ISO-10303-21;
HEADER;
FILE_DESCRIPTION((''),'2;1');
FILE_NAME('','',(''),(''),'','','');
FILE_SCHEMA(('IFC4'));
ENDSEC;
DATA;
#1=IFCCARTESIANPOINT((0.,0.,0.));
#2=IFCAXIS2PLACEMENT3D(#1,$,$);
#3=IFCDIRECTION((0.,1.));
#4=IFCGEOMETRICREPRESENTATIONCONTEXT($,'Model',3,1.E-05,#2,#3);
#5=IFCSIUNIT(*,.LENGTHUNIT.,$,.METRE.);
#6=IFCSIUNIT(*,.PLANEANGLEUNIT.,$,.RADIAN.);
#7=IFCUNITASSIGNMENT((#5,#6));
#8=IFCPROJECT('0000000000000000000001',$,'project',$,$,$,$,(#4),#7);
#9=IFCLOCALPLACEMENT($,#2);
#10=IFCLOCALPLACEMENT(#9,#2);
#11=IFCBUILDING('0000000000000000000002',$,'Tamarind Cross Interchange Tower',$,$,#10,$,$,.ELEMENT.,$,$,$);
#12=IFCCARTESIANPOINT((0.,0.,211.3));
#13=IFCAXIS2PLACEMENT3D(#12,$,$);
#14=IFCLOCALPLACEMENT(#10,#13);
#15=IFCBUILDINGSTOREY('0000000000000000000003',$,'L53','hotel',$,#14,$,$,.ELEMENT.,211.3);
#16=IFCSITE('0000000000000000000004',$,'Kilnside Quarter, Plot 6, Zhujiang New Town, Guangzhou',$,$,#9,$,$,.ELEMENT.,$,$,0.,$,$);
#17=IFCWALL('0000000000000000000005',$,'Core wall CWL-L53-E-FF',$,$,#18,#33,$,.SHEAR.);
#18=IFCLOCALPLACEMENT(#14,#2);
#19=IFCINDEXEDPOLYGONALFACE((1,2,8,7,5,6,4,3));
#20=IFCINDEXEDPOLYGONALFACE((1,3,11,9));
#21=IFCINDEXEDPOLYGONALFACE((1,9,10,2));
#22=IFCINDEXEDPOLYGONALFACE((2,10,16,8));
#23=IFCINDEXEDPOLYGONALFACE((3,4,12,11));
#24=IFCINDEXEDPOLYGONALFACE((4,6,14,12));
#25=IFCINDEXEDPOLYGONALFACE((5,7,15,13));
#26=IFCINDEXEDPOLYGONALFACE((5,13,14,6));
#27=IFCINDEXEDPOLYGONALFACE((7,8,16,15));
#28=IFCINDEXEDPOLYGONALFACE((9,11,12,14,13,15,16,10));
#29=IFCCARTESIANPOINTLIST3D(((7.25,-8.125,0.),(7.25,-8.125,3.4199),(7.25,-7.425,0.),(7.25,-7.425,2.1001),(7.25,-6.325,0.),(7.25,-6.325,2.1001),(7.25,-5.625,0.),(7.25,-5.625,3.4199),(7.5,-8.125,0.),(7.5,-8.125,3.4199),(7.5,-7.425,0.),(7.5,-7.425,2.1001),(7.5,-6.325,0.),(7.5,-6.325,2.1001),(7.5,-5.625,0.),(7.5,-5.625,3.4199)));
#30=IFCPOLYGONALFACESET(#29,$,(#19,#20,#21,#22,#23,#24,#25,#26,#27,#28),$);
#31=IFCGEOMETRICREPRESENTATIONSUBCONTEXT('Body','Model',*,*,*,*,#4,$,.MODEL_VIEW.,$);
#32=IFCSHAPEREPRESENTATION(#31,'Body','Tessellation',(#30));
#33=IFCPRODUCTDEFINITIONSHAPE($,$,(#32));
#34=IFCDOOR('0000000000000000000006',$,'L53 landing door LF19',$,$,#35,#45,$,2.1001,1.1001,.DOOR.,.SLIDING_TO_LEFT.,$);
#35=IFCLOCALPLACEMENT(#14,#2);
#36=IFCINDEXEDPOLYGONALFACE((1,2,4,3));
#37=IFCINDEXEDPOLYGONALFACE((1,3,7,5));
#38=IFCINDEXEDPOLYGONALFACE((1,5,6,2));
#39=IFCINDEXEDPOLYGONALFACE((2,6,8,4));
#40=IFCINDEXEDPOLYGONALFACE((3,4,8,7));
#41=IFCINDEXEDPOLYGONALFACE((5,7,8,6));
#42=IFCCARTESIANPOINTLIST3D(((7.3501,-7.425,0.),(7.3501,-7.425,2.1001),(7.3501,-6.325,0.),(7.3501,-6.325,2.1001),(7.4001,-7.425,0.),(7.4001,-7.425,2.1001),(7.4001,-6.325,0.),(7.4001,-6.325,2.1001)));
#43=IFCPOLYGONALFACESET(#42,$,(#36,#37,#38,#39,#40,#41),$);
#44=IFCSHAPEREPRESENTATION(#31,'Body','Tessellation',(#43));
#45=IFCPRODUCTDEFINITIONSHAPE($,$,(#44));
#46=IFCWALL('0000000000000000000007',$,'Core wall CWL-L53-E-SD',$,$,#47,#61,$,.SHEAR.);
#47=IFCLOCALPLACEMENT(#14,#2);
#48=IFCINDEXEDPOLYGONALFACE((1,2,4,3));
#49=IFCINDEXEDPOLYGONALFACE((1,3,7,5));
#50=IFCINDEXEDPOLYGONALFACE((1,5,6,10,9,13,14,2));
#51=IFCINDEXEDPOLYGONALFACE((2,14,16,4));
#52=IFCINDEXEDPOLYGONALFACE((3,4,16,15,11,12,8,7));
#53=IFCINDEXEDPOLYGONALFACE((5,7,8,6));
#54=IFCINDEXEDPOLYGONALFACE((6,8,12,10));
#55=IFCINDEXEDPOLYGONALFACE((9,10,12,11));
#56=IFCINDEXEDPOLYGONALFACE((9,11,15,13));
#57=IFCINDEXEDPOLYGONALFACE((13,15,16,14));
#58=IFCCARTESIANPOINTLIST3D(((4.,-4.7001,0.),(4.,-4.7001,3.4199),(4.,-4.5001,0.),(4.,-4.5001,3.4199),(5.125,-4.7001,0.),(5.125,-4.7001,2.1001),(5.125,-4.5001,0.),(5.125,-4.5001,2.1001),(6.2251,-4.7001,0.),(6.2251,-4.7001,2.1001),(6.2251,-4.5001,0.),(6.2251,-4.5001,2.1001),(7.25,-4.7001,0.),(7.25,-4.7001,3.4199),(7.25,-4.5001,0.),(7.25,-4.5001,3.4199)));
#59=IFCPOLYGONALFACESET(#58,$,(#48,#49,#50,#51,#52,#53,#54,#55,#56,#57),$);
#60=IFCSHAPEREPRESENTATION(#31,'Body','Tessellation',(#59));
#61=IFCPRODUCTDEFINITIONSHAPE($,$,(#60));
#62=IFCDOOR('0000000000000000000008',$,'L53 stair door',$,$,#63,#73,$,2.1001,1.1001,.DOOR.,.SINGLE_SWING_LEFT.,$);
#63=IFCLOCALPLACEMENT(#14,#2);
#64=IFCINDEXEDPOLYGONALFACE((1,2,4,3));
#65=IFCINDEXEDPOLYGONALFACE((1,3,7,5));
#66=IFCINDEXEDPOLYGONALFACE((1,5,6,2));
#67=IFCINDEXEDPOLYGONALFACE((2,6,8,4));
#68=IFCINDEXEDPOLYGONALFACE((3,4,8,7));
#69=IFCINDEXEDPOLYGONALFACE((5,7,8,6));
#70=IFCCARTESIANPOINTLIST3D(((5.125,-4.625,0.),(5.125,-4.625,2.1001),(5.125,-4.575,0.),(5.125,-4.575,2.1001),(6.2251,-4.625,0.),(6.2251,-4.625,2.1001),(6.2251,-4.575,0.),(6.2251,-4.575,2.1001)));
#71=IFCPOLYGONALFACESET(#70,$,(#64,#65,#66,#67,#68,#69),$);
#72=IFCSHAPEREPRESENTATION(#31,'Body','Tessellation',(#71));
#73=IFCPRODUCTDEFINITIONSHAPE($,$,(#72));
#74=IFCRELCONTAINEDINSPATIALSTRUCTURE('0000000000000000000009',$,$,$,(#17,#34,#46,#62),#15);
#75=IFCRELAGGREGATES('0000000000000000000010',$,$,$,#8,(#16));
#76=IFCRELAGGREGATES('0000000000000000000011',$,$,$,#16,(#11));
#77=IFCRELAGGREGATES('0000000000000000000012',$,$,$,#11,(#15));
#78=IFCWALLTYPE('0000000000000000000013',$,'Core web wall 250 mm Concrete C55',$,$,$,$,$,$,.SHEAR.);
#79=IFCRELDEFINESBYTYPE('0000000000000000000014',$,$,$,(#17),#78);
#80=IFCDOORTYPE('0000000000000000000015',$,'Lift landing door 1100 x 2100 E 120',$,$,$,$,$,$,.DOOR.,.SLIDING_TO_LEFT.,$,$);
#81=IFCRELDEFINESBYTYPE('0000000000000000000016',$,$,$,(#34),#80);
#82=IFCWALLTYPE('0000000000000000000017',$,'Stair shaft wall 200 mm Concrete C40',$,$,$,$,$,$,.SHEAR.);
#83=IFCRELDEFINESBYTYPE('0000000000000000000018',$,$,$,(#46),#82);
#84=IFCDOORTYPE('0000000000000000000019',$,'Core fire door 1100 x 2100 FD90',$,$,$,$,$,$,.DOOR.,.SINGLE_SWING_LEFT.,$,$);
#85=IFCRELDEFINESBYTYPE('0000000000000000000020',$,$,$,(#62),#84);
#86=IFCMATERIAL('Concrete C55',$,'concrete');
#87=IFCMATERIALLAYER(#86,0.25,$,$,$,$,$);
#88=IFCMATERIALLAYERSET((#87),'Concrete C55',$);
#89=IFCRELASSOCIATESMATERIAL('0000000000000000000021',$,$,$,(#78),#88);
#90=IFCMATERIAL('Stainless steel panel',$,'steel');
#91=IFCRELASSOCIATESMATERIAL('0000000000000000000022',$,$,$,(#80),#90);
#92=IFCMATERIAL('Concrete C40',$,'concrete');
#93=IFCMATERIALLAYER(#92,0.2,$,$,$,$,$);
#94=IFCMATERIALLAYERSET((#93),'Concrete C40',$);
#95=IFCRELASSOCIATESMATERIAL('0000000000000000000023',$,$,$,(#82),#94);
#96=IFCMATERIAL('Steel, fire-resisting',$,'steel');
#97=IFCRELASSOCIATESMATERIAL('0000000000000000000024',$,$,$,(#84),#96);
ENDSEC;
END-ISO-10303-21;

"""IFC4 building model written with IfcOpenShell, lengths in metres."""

from ifc_helpers import new_model, si_unit, direction, frame, frame_2d, origin, place, context, subcontext, project, spatial, rectangle, extrude, material, layer, layer_set, type_object, element, fill, save


model = new_model("IFC4")

# Units and contexts
model_context = context("Model", 3, precision=1e-05, world=origin(), true_north=direction((0.0, 1.0)))
body_context = subcontext(model_context, "Body", "Model", "MODEL_VIEW")
ifc_project = project(units=[si_unit("LENGTHUNIT", "METRE"), si_unit("PLANEANGLEUNIT", "RADIAN")], contexts=[model_context])

# Site, building, storey
site_placement = place(None, origin())
site = spatial("IfcSite", under=ifc_project, at=site_placement, Name="Kilnside Quarter, Plot 6, Zhujiang New Town, Guangzhou", CompositionType="ELEMENT", RefElevation=0.0)
building_placement = place(site_placement, origin())
building = spatial("IfcBuilding", under=site, at=building_placement, Name="Tamarind Cross Interchange Tower", CompositionType="ELEMENT")
storey_placement = place(building_placement, frame((0.0, 0.0, 211.3)))
storey = spatial("IfcBuildingStorey", under=building, at=storey_placement, Name="L53", Description="hotel", CompositionType="ELEMENT", Elevation=211.3)

# Shared definitions
ifc_material_1 = material(Name="Concrete C55", Category="concrete")

# Shared definitions
ifc_layer_1 = layer(ifc_material_1, 0.25)
ifc_layer_set_1 = layer_set([ifc_layer_1], Name="Concrete C55")
wall_type_1 = type_object("IfcWallType", Name="Core web wall 250 mm Concrete C55", PredefinedType="SHEAR", material=ifc_layer_set_1)

# Shared definitions
ifc_material_2 = material(Name="Steel, fire-resisting", Category="steel")
ifc_material_3 = material(Name="Stainless steel panel", Category="steel")
door_type_1 = type_object("IfcDoorType", Name="Lift landing door 1100 x 2100 E 120", OperationType="SLIDING_TO_LEFT", PredefinedType="DOOR", material=ifc_material_3)

# Walls, openings, doors
wall_1_placement = place(storey_placement, frame((7.375, -8.125, 0.0), z_axis=(0.0, 0.0, 1.0), x_axis=(0.0, 1.0, 0.0)))
wall_1 = element("IfcWall", 1, at=wall_1_placement, inside=storey, type_object=wall_type_1, Name="Core wall CWL-L53-E-FF", PredefinedType="SHEAR", context=body_context, shape_type="SweptSolid", body=[
    extrude(rectangle(XDim=2.5, YDim=0.25, at=frame_2d((1.25, 0.0))), origin(), (0.0, 0.0, 1.0), 3.4199),
])
opening_1_placement = place(wall_1_placement, frame((0.7, 0.0, 0.0)))
opening_1 = element("IfcOpeningElement", 2, at=opening_1_placement, cuts=wall_1, PredefinedType="OPENING", context=body_context, shape_type="SweptSolid", body=[
    extrude(rectangle(XDim=1.1001, YDim=2.1001, at=frame_2d((0.55, 1.05))), frame((0.0, 0.135, 0.0), z_axis=(0.0, -1.0, 0.0), x_axis=(1.0, 0.0, 0.0)), (0.0, 0.0, 1.0), 0.27),
])
door_1_placement = place(opening_1_placement, origin())
door_1 = element("IfcDoor", 3, at=door_1_placement, inside=storey, type_object=door_type_1, Name="L53 landing door LF19", OperationType="SLIDING_TO_LEFT", OverallHeight=2.1001, OverallWidth=1.1001, PredefinedType="DOOR", context=body_context, shape_type="SweptSolid", body=[
    extrude(rectangle(XDim=1.1001, YDim=2.1001, at=frame_2d((0.55, 1.05))), frame((0.0, 0.0249, 0.0), z_axis=(0.0, -1.0, 0.0), x_axis=(1.0, 0.0, 0.0)), (0.0, 0.0, 1.0), 0.05),
])
fill(opening_1, door_1)
ifc_material_4 = material(Name="Concrete C40", Category="concrete")
ifc_layer_2 = layer(ifc_material_4, 0.2)
ifc_layer_set_2 = layer_set([ifc_layer_2], Name="Concrete C40")
wall_type_2 = type_object("IfcWallType", Name="Stair shaft wall 200 mm Concrete C40", PredefinedType="SHEAR", material=ifc_layer_set_2)
wall_2_placement = place(storey_placement, frame((7.25, -4.6001, 0.0), z_axis=(0.0, 0.0, 1.0), x_axis=(-1.0, 0.0, 0.0)))
wall_2 = element("IfcWall", 4, at=wall_2_placement, inside=storey, type_object=wall_type_2, Name="Core wall CWL-L53-E-SD", PredefinedType="SHEAR", context=body_context, shape_type="SweptSolid", body=[
    extrude(rectangle(XDim=3.25, YDim=0.2, at=frame_2d((1.625, 0.0))), origin(), (0.0, 0.0, 1.0), 3.4199),
])
opening_2_placement = place(wall_2_placement, frame((1.0249, 0.0, 0.0)))
opening_2 = element("IfcOpeningElement", 5, at=opening_2_placement, cuts=wall_2, PredefinedType="OPENING", context=body_context, shape_type="SweptSolid", body=[
    extrude(rectangle(XDim=1.1001, YDim=2.1001, at=frame_2d((0.55, 1.05))), frame((0.0, 0.1099, 0.0), z_axis=(0.0, -1.0, 0.0), x_axis=(1.0, 0.0, 0.0)), (0.0, 0.0, 1.0), 0.22),
])
door_type_2 = type_object("IfcDoorType", Name="Core fire door 1100 x 2100 FD90", OperationType="SINGLE_SWING_LEFT", PredefinedType="DOOR", material=ifc_material_2)
door_2_placement = place(opening_2_placement, origin())
door_2 = element("IfcDoor", 6, at=door_2_placement, inside=storey, type_object=door_type_2, Name="L53 stair door", OperationType="SINGLE_SWING_LEFT", OverallHeight=2.1001, OverallWidth=1.1001, PredefinedType="DOOR", context=body_context, shape_type="SweptSolid", body=[
    extrude(rectangle(XDim=1.1001, YDim=2.1001, at=frame_2d((0.55, 1.05))), frame((0.0, 0.0249, 0.0), z_axis=(0.0, -1.0, 0.0), x_axis=(1.0, 0.0, 0.0)), (0.0, 0.0, 1.0), 0.05),
])
fill(opening_2, door_2)

save(model, "model.ifc")
